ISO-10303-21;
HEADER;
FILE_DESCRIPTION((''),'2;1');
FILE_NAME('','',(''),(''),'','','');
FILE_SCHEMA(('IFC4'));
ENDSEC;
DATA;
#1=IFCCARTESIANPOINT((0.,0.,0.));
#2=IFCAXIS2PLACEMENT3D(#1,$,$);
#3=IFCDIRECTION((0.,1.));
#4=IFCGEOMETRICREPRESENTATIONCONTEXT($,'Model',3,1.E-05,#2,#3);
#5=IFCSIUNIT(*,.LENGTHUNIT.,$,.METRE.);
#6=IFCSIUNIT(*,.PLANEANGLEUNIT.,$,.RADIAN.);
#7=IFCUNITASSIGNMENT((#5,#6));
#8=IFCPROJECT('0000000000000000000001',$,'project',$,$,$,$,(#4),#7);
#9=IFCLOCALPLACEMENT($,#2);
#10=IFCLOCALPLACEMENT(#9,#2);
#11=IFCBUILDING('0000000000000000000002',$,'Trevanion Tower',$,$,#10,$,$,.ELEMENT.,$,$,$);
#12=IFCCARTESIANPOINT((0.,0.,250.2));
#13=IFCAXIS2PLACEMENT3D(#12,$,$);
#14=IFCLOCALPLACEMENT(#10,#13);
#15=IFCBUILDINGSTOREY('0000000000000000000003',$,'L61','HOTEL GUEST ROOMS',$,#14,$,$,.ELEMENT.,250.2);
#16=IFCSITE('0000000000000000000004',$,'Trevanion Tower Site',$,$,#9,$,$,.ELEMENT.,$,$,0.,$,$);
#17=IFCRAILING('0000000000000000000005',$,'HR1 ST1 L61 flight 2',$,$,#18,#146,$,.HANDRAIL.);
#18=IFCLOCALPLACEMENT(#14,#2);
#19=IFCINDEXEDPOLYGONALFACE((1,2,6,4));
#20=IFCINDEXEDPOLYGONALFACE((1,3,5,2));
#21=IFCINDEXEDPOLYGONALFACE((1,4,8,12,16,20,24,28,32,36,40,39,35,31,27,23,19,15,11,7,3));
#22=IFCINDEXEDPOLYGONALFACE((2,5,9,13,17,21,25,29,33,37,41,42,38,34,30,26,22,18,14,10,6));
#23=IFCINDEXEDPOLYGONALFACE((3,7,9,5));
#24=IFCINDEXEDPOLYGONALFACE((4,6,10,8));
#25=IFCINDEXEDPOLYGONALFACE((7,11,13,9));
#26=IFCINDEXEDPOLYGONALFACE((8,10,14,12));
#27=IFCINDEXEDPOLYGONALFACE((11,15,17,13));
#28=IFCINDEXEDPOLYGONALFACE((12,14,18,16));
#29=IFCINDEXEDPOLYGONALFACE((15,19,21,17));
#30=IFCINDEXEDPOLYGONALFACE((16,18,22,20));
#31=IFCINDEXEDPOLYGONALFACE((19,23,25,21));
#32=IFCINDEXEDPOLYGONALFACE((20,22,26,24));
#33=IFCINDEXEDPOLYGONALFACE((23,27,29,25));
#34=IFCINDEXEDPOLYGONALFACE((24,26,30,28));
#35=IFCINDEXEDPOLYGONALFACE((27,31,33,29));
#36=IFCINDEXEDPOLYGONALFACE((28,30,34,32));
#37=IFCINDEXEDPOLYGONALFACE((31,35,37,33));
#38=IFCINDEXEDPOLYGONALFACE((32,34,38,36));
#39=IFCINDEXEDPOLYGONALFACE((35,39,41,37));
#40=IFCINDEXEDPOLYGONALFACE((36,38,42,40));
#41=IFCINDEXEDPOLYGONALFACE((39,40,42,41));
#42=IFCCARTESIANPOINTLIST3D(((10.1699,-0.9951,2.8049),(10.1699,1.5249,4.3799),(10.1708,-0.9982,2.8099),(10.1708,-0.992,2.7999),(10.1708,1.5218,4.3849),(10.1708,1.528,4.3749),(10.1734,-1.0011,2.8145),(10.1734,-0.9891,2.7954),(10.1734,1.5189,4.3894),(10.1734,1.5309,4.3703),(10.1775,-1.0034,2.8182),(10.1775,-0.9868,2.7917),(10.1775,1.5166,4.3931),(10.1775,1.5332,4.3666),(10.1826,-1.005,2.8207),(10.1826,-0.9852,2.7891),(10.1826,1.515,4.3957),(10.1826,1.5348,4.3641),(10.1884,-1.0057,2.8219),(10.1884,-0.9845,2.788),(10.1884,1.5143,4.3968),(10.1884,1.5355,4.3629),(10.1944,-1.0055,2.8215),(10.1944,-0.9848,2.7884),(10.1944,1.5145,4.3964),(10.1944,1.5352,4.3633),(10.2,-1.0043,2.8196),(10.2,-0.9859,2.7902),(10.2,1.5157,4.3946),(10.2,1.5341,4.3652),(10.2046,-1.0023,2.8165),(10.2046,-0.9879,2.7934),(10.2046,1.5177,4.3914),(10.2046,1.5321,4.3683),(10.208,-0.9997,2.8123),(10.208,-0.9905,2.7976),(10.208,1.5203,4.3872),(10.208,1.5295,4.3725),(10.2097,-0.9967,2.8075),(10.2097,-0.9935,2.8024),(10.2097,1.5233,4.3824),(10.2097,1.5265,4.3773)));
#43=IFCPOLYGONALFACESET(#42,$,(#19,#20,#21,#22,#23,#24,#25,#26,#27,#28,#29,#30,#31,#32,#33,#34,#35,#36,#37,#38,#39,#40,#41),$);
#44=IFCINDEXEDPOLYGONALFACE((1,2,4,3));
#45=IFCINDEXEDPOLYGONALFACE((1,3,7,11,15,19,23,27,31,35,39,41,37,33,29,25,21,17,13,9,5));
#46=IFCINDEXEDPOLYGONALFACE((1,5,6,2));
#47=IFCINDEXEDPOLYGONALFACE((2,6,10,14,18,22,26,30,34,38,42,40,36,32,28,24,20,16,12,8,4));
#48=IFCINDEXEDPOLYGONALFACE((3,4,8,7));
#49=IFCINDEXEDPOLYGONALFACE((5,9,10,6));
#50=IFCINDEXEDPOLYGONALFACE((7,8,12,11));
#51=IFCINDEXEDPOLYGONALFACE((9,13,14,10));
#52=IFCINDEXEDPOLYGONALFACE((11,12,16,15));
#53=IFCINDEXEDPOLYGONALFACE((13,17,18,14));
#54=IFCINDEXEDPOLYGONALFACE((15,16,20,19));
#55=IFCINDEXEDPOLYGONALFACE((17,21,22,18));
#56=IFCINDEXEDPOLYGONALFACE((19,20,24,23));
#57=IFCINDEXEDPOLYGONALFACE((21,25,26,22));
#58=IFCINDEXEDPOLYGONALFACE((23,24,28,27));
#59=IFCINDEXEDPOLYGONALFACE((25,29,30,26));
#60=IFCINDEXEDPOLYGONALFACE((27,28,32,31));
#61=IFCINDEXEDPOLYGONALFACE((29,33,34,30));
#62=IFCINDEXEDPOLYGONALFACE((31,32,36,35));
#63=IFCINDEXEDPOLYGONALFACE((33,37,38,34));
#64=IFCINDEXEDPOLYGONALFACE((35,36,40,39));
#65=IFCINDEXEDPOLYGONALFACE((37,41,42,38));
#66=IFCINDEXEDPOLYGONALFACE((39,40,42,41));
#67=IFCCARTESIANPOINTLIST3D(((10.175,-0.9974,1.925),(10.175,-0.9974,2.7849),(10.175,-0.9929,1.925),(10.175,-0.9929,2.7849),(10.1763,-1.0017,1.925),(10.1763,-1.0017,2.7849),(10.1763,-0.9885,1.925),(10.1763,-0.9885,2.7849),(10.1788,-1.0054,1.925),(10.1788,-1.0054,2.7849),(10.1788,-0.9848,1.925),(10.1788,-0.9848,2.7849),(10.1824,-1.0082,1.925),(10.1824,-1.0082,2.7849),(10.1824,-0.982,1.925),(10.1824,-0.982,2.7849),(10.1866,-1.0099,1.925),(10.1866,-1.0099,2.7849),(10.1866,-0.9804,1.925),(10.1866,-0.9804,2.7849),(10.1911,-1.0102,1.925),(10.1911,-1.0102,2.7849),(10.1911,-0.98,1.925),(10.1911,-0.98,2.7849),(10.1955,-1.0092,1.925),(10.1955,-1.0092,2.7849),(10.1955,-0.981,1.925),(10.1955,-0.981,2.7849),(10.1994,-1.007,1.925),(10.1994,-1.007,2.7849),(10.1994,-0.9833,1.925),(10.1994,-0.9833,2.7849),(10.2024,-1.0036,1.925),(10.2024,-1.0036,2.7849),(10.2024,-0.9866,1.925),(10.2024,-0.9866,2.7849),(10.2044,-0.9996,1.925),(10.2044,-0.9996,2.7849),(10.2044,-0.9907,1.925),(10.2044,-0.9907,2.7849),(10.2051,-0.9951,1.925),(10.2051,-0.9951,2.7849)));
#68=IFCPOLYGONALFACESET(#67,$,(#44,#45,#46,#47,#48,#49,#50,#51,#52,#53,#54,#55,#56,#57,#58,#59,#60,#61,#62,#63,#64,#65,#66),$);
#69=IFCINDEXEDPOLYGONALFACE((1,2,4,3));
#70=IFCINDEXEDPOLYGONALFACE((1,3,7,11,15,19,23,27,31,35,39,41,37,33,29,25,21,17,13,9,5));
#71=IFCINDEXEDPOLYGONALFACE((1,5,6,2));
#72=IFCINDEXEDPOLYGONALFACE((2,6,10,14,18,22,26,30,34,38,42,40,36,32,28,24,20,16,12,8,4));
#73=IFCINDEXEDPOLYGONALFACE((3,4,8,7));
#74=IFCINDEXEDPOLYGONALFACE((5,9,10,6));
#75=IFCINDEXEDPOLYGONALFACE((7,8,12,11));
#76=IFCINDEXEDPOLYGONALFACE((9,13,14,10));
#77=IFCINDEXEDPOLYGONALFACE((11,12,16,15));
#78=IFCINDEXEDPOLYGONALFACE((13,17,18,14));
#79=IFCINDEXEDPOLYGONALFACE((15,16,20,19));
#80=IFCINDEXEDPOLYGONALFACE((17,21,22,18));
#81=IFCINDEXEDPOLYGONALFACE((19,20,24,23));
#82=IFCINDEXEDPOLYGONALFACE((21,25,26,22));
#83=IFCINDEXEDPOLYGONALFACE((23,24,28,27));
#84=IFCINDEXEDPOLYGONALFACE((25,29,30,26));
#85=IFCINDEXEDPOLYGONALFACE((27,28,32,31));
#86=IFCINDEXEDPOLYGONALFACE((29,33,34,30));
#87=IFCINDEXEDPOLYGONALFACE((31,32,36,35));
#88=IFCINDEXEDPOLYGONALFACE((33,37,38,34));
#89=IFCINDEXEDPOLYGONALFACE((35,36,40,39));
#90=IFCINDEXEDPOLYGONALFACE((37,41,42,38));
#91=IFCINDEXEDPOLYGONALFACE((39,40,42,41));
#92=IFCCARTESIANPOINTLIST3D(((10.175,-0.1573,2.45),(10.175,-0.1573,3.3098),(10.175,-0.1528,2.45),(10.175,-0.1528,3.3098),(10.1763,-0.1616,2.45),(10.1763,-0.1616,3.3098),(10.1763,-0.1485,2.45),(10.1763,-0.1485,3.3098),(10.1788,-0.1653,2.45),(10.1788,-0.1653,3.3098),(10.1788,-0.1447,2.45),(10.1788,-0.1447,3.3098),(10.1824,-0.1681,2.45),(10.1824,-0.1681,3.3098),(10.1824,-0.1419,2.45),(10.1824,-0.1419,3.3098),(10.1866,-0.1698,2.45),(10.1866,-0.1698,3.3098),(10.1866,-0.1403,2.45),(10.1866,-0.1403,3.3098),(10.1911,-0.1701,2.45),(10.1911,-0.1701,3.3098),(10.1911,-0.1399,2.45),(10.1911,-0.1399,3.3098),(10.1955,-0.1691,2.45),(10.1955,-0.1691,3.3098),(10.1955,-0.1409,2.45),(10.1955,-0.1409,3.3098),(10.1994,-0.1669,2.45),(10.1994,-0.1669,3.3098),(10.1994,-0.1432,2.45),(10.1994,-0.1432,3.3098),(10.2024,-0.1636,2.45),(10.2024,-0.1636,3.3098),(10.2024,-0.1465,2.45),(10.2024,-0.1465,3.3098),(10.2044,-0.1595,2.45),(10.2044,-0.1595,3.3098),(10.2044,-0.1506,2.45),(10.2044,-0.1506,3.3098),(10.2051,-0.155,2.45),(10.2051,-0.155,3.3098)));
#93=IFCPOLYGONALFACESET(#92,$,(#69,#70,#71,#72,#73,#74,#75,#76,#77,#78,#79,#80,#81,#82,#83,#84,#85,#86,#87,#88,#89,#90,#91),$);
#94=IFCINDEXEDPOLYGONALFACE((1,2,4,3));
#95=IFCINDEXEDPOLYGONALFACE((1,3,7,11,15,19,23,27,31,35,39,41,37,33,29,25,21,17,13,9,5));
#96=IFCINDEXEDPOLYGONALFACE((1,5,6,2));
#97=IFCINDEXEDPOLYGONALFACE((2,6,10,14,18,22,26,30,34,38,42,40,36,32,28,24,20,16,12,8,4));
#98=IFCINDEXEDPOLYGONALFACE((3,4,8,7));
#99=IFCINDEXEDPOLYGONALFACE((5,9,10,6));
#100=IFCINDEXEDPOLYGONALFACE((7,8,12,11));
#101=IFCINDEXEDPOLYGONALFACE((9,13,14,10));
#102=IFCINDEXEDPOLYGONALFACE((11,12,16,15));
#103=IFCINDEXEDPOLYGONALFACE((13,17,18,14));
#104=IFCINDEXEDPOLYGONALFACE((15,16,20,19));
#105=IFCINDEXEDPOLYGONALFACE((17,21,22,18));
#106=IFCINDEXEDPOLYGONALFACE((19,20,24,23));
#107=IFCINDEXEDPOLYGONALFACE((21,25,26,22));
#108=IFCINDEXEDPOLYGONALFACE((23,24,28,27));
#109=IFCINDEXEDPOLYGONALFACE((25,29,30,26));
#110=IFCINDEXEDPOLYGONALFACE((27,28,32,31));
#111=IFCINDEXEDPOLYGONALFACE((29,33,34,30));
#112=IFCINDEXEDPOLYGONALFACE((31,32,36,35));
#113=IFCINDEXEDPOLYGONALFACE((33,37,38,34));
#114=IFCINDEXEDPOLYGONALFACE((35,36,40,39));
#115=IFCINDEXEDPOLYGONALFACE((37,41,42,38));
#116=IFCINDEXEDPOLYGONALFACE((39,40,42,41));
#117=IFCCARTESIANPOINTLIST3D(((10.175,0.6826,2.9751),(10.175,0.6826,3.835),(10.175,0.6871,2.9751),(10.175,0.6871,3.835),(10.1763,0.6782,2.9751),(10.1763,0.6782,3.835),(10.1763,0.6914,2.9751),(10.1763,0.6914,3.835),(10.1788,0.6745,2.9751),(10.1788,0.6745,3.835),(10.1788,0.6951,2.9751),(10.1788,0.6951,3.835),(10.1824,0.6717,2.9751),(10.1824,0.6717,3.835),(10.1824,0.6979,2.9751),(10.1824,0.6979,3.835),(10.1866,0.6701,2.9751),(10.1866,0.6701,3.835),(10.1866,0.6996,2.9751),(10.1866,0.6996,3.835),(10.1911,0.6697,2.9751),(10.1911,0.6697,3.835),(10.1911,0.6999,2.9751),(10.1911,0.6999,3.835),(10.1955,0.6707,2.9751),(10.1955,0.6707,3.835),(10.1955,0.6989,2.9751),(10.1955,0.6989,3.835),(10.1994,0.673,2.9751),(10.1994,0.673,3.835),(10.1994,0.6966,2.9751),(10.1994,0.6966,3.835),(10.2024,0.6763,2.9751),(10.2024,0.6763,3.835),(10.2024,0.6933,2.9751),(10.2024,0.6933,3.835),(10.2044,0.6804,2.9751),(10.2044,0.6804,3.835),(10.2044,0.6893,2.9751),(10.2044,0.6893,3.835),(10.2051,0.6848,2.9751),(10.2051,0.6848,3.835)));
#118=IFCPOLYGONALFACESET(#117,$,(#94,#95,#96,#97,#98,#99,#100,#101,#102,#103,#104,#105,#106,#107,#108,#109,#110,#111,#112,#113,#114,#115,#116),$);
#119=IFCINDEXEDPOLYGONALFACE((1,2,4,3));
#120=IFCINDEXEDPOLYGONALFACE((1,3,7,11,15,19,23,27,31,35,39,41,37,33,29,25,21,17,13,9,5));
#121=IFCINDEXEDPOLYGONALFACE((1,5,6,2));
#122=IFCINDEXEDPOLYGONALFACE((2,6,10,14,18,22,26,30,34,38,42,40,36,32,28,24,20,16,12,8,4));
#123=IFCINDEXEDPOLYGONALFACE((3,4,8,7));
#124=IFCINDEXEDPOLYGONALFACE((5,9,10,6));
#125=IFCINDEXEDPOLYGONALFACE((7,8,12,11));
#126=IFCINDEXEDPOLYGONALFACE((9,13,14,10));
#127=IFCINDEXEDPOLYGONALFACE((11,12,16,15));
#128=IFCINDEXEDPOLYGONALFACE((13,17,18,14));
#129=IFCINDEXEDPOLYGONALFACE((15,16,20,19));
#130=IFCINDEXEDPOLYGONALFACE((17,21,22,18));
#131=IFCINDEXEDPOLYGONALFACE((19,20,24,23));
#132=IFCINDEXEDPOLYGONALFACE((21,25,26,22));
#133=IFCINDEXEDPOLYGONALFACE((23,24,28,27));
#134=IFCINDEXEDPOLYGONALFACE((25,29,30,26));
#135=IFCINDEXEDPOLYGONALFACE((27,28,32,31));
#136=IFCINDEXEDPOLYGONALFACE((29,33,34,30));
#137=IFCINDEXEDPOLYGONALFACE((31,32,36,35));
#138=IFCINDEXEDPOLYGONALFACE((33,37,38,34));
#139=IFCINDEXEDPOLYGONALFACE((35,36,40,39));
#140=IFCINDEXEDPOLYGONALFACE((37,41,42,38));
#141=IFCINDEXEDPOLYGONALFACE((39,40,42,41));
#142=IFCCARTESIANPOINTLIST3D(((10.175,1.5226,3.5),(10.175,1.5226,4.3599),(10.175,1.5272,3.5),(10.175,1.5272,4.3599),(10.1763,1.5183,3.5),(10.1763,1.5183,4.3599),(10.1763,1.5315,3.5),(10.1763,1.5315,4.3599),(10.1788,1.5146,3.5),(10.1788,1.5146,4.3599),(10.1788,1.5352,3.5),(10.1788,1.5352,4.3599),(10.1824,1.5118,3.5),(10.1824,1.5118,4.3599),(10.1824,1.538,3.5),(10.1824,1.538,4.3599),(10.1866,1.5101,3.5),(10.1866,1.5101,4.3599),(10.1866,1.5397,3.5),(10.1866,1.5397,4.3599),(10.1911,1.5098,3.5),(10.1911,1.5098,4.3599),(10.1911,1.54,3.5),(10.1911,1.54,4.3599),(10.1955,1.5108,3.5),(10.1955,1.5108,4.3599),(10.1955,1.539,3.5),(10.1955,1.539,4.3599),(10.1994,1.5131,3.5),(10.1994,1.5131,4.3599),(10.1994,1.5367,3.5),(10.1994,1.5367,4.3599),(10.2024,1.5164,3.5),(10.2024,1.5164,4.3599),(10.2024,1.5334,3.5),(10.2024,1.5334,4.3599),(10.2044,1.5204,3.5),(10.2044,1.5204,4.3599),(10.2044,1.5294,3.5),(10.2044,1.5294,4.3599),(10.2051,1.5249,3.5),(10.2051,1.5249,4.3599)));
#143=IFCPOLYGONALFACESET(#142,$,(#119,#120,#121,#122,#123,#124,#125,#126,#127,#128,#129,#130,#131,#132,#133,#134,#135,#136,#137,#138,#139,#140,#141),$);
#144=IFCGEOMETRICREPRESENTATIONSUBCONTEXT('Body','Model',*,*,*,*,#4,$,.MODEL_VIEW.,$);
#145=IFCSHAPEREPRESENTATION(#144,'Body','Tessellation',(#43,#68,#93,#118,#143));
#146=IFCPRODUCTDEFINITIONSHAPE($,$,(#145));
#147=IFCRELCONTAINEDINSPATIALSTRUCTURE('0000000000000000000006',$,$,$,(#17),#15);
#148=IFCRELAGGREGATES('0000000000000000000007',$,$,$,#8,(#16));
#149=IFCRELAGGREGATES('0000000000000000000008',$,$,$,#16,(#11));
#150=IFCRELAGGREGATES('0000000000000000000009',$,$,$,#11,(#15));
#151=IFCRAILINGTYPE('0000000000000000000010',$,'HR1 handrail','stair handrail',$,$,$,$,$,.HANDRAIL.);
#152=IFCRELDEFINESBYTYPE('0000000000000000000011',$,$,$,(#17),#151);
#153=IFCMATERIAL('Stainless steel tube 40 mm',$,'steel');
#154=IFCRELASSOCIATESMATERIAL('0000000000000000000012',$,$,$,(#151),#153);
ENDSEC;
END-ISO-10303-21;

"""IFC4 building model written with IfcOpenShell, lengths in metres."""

from ifc_helpers import new_model, si_unit, direction, frame, origin, origin_2d, place, context, subcontext, project, spatial, circle, extrude, material, type_object, element, save


model = new_model("IFC4")

# Units and contexts
model_context = context("Model", 3, precision=1e-05, world=origin(), true_north=direction((0.0, 1.0)))
body_context = subcontext(model_context, "Body", "Model", "MODEL_VIEW")
ifc_project = project(units=[si_unit("LENGTHUNIT", "METRE"), si_unit("PLANEANGLEUNIT", "RADIAN")], contexts=[model_context])

# Site, building, storey
site_placement = place(None, origin())
site = spatial("IfcSite", under=ifc_project, at=site_placement, Name="Trevanion Tower Site", CompositionType="ELEMENT", RefElevation=0.0)
building_placement = place(site_placement, origin())
building = spatial("IfcBuilding", under=site, at=building_placement, Name="Trevanion Tower", CompositionType="ELEMENT")
storey_placement = place(building_placement, frame((0.0, 0.0, 250.2)))
storey = spatial("IfcBuildingStorey", under=building, at=storey_placement, Name="L61", Description="HOTEL GUEST ROOMS", CompositionType="ELEMENT", Elevation=250.2)

# Railing
ifc_material_1 = material(Name="Stainless steel tube 40 mm", Category="steel")
railing_type = type_object("IfcRailingType", Name="HR1 handrail", Description="stair handrail", PredefinedType="HANDRAIL", material=ifc_material_1)
for number, where, name in (
    (1, (10.1899, -0.9951, 1.925), "HR1 ST1 L61 flight 2"),
):
    element("IfcRailing", number, at=place(storey_placement, frame(where)), inside=storey, type_object=railing_type, Name=name, PredefinedType="HANDRAIL", context=body_context, shape_type="SweptSolid", body=[
        extrude(circle(Radius=0.02, at=origin_2d()), frame((0.0, 0.0, 0.8799), z_axis=(0.0, 0.848008, 0.529984), x_axis=(-1.0, 0.0, 0.0)), (0.0, 0.0, 1.0), 2.9717),
        extrude(circle(Radius=0.0151, at=origin_2d()), origin(), (0.0, 0.0, 1.0), 0.8599),
        extrude(circle(Radius=0.0151, at=origin_2d()), frame((0.0, 0.8401, 0.5249)), (0.0, 0.0, 1.0), 0.8599),
        extrude(circle(Radius=0.0151, at=origin_2d()), frame((0.0, 1.6799, 1.05)), (0.0, 0.0, 1.0), 0.8599),
        extrude(circle(Radius=0.0151, at=origin_2d()), frame((0.0, 2.52, 1.575)), (0.0, 0.0, 1.0), 0.8599),
    ])

save(model, "model.ifc")
